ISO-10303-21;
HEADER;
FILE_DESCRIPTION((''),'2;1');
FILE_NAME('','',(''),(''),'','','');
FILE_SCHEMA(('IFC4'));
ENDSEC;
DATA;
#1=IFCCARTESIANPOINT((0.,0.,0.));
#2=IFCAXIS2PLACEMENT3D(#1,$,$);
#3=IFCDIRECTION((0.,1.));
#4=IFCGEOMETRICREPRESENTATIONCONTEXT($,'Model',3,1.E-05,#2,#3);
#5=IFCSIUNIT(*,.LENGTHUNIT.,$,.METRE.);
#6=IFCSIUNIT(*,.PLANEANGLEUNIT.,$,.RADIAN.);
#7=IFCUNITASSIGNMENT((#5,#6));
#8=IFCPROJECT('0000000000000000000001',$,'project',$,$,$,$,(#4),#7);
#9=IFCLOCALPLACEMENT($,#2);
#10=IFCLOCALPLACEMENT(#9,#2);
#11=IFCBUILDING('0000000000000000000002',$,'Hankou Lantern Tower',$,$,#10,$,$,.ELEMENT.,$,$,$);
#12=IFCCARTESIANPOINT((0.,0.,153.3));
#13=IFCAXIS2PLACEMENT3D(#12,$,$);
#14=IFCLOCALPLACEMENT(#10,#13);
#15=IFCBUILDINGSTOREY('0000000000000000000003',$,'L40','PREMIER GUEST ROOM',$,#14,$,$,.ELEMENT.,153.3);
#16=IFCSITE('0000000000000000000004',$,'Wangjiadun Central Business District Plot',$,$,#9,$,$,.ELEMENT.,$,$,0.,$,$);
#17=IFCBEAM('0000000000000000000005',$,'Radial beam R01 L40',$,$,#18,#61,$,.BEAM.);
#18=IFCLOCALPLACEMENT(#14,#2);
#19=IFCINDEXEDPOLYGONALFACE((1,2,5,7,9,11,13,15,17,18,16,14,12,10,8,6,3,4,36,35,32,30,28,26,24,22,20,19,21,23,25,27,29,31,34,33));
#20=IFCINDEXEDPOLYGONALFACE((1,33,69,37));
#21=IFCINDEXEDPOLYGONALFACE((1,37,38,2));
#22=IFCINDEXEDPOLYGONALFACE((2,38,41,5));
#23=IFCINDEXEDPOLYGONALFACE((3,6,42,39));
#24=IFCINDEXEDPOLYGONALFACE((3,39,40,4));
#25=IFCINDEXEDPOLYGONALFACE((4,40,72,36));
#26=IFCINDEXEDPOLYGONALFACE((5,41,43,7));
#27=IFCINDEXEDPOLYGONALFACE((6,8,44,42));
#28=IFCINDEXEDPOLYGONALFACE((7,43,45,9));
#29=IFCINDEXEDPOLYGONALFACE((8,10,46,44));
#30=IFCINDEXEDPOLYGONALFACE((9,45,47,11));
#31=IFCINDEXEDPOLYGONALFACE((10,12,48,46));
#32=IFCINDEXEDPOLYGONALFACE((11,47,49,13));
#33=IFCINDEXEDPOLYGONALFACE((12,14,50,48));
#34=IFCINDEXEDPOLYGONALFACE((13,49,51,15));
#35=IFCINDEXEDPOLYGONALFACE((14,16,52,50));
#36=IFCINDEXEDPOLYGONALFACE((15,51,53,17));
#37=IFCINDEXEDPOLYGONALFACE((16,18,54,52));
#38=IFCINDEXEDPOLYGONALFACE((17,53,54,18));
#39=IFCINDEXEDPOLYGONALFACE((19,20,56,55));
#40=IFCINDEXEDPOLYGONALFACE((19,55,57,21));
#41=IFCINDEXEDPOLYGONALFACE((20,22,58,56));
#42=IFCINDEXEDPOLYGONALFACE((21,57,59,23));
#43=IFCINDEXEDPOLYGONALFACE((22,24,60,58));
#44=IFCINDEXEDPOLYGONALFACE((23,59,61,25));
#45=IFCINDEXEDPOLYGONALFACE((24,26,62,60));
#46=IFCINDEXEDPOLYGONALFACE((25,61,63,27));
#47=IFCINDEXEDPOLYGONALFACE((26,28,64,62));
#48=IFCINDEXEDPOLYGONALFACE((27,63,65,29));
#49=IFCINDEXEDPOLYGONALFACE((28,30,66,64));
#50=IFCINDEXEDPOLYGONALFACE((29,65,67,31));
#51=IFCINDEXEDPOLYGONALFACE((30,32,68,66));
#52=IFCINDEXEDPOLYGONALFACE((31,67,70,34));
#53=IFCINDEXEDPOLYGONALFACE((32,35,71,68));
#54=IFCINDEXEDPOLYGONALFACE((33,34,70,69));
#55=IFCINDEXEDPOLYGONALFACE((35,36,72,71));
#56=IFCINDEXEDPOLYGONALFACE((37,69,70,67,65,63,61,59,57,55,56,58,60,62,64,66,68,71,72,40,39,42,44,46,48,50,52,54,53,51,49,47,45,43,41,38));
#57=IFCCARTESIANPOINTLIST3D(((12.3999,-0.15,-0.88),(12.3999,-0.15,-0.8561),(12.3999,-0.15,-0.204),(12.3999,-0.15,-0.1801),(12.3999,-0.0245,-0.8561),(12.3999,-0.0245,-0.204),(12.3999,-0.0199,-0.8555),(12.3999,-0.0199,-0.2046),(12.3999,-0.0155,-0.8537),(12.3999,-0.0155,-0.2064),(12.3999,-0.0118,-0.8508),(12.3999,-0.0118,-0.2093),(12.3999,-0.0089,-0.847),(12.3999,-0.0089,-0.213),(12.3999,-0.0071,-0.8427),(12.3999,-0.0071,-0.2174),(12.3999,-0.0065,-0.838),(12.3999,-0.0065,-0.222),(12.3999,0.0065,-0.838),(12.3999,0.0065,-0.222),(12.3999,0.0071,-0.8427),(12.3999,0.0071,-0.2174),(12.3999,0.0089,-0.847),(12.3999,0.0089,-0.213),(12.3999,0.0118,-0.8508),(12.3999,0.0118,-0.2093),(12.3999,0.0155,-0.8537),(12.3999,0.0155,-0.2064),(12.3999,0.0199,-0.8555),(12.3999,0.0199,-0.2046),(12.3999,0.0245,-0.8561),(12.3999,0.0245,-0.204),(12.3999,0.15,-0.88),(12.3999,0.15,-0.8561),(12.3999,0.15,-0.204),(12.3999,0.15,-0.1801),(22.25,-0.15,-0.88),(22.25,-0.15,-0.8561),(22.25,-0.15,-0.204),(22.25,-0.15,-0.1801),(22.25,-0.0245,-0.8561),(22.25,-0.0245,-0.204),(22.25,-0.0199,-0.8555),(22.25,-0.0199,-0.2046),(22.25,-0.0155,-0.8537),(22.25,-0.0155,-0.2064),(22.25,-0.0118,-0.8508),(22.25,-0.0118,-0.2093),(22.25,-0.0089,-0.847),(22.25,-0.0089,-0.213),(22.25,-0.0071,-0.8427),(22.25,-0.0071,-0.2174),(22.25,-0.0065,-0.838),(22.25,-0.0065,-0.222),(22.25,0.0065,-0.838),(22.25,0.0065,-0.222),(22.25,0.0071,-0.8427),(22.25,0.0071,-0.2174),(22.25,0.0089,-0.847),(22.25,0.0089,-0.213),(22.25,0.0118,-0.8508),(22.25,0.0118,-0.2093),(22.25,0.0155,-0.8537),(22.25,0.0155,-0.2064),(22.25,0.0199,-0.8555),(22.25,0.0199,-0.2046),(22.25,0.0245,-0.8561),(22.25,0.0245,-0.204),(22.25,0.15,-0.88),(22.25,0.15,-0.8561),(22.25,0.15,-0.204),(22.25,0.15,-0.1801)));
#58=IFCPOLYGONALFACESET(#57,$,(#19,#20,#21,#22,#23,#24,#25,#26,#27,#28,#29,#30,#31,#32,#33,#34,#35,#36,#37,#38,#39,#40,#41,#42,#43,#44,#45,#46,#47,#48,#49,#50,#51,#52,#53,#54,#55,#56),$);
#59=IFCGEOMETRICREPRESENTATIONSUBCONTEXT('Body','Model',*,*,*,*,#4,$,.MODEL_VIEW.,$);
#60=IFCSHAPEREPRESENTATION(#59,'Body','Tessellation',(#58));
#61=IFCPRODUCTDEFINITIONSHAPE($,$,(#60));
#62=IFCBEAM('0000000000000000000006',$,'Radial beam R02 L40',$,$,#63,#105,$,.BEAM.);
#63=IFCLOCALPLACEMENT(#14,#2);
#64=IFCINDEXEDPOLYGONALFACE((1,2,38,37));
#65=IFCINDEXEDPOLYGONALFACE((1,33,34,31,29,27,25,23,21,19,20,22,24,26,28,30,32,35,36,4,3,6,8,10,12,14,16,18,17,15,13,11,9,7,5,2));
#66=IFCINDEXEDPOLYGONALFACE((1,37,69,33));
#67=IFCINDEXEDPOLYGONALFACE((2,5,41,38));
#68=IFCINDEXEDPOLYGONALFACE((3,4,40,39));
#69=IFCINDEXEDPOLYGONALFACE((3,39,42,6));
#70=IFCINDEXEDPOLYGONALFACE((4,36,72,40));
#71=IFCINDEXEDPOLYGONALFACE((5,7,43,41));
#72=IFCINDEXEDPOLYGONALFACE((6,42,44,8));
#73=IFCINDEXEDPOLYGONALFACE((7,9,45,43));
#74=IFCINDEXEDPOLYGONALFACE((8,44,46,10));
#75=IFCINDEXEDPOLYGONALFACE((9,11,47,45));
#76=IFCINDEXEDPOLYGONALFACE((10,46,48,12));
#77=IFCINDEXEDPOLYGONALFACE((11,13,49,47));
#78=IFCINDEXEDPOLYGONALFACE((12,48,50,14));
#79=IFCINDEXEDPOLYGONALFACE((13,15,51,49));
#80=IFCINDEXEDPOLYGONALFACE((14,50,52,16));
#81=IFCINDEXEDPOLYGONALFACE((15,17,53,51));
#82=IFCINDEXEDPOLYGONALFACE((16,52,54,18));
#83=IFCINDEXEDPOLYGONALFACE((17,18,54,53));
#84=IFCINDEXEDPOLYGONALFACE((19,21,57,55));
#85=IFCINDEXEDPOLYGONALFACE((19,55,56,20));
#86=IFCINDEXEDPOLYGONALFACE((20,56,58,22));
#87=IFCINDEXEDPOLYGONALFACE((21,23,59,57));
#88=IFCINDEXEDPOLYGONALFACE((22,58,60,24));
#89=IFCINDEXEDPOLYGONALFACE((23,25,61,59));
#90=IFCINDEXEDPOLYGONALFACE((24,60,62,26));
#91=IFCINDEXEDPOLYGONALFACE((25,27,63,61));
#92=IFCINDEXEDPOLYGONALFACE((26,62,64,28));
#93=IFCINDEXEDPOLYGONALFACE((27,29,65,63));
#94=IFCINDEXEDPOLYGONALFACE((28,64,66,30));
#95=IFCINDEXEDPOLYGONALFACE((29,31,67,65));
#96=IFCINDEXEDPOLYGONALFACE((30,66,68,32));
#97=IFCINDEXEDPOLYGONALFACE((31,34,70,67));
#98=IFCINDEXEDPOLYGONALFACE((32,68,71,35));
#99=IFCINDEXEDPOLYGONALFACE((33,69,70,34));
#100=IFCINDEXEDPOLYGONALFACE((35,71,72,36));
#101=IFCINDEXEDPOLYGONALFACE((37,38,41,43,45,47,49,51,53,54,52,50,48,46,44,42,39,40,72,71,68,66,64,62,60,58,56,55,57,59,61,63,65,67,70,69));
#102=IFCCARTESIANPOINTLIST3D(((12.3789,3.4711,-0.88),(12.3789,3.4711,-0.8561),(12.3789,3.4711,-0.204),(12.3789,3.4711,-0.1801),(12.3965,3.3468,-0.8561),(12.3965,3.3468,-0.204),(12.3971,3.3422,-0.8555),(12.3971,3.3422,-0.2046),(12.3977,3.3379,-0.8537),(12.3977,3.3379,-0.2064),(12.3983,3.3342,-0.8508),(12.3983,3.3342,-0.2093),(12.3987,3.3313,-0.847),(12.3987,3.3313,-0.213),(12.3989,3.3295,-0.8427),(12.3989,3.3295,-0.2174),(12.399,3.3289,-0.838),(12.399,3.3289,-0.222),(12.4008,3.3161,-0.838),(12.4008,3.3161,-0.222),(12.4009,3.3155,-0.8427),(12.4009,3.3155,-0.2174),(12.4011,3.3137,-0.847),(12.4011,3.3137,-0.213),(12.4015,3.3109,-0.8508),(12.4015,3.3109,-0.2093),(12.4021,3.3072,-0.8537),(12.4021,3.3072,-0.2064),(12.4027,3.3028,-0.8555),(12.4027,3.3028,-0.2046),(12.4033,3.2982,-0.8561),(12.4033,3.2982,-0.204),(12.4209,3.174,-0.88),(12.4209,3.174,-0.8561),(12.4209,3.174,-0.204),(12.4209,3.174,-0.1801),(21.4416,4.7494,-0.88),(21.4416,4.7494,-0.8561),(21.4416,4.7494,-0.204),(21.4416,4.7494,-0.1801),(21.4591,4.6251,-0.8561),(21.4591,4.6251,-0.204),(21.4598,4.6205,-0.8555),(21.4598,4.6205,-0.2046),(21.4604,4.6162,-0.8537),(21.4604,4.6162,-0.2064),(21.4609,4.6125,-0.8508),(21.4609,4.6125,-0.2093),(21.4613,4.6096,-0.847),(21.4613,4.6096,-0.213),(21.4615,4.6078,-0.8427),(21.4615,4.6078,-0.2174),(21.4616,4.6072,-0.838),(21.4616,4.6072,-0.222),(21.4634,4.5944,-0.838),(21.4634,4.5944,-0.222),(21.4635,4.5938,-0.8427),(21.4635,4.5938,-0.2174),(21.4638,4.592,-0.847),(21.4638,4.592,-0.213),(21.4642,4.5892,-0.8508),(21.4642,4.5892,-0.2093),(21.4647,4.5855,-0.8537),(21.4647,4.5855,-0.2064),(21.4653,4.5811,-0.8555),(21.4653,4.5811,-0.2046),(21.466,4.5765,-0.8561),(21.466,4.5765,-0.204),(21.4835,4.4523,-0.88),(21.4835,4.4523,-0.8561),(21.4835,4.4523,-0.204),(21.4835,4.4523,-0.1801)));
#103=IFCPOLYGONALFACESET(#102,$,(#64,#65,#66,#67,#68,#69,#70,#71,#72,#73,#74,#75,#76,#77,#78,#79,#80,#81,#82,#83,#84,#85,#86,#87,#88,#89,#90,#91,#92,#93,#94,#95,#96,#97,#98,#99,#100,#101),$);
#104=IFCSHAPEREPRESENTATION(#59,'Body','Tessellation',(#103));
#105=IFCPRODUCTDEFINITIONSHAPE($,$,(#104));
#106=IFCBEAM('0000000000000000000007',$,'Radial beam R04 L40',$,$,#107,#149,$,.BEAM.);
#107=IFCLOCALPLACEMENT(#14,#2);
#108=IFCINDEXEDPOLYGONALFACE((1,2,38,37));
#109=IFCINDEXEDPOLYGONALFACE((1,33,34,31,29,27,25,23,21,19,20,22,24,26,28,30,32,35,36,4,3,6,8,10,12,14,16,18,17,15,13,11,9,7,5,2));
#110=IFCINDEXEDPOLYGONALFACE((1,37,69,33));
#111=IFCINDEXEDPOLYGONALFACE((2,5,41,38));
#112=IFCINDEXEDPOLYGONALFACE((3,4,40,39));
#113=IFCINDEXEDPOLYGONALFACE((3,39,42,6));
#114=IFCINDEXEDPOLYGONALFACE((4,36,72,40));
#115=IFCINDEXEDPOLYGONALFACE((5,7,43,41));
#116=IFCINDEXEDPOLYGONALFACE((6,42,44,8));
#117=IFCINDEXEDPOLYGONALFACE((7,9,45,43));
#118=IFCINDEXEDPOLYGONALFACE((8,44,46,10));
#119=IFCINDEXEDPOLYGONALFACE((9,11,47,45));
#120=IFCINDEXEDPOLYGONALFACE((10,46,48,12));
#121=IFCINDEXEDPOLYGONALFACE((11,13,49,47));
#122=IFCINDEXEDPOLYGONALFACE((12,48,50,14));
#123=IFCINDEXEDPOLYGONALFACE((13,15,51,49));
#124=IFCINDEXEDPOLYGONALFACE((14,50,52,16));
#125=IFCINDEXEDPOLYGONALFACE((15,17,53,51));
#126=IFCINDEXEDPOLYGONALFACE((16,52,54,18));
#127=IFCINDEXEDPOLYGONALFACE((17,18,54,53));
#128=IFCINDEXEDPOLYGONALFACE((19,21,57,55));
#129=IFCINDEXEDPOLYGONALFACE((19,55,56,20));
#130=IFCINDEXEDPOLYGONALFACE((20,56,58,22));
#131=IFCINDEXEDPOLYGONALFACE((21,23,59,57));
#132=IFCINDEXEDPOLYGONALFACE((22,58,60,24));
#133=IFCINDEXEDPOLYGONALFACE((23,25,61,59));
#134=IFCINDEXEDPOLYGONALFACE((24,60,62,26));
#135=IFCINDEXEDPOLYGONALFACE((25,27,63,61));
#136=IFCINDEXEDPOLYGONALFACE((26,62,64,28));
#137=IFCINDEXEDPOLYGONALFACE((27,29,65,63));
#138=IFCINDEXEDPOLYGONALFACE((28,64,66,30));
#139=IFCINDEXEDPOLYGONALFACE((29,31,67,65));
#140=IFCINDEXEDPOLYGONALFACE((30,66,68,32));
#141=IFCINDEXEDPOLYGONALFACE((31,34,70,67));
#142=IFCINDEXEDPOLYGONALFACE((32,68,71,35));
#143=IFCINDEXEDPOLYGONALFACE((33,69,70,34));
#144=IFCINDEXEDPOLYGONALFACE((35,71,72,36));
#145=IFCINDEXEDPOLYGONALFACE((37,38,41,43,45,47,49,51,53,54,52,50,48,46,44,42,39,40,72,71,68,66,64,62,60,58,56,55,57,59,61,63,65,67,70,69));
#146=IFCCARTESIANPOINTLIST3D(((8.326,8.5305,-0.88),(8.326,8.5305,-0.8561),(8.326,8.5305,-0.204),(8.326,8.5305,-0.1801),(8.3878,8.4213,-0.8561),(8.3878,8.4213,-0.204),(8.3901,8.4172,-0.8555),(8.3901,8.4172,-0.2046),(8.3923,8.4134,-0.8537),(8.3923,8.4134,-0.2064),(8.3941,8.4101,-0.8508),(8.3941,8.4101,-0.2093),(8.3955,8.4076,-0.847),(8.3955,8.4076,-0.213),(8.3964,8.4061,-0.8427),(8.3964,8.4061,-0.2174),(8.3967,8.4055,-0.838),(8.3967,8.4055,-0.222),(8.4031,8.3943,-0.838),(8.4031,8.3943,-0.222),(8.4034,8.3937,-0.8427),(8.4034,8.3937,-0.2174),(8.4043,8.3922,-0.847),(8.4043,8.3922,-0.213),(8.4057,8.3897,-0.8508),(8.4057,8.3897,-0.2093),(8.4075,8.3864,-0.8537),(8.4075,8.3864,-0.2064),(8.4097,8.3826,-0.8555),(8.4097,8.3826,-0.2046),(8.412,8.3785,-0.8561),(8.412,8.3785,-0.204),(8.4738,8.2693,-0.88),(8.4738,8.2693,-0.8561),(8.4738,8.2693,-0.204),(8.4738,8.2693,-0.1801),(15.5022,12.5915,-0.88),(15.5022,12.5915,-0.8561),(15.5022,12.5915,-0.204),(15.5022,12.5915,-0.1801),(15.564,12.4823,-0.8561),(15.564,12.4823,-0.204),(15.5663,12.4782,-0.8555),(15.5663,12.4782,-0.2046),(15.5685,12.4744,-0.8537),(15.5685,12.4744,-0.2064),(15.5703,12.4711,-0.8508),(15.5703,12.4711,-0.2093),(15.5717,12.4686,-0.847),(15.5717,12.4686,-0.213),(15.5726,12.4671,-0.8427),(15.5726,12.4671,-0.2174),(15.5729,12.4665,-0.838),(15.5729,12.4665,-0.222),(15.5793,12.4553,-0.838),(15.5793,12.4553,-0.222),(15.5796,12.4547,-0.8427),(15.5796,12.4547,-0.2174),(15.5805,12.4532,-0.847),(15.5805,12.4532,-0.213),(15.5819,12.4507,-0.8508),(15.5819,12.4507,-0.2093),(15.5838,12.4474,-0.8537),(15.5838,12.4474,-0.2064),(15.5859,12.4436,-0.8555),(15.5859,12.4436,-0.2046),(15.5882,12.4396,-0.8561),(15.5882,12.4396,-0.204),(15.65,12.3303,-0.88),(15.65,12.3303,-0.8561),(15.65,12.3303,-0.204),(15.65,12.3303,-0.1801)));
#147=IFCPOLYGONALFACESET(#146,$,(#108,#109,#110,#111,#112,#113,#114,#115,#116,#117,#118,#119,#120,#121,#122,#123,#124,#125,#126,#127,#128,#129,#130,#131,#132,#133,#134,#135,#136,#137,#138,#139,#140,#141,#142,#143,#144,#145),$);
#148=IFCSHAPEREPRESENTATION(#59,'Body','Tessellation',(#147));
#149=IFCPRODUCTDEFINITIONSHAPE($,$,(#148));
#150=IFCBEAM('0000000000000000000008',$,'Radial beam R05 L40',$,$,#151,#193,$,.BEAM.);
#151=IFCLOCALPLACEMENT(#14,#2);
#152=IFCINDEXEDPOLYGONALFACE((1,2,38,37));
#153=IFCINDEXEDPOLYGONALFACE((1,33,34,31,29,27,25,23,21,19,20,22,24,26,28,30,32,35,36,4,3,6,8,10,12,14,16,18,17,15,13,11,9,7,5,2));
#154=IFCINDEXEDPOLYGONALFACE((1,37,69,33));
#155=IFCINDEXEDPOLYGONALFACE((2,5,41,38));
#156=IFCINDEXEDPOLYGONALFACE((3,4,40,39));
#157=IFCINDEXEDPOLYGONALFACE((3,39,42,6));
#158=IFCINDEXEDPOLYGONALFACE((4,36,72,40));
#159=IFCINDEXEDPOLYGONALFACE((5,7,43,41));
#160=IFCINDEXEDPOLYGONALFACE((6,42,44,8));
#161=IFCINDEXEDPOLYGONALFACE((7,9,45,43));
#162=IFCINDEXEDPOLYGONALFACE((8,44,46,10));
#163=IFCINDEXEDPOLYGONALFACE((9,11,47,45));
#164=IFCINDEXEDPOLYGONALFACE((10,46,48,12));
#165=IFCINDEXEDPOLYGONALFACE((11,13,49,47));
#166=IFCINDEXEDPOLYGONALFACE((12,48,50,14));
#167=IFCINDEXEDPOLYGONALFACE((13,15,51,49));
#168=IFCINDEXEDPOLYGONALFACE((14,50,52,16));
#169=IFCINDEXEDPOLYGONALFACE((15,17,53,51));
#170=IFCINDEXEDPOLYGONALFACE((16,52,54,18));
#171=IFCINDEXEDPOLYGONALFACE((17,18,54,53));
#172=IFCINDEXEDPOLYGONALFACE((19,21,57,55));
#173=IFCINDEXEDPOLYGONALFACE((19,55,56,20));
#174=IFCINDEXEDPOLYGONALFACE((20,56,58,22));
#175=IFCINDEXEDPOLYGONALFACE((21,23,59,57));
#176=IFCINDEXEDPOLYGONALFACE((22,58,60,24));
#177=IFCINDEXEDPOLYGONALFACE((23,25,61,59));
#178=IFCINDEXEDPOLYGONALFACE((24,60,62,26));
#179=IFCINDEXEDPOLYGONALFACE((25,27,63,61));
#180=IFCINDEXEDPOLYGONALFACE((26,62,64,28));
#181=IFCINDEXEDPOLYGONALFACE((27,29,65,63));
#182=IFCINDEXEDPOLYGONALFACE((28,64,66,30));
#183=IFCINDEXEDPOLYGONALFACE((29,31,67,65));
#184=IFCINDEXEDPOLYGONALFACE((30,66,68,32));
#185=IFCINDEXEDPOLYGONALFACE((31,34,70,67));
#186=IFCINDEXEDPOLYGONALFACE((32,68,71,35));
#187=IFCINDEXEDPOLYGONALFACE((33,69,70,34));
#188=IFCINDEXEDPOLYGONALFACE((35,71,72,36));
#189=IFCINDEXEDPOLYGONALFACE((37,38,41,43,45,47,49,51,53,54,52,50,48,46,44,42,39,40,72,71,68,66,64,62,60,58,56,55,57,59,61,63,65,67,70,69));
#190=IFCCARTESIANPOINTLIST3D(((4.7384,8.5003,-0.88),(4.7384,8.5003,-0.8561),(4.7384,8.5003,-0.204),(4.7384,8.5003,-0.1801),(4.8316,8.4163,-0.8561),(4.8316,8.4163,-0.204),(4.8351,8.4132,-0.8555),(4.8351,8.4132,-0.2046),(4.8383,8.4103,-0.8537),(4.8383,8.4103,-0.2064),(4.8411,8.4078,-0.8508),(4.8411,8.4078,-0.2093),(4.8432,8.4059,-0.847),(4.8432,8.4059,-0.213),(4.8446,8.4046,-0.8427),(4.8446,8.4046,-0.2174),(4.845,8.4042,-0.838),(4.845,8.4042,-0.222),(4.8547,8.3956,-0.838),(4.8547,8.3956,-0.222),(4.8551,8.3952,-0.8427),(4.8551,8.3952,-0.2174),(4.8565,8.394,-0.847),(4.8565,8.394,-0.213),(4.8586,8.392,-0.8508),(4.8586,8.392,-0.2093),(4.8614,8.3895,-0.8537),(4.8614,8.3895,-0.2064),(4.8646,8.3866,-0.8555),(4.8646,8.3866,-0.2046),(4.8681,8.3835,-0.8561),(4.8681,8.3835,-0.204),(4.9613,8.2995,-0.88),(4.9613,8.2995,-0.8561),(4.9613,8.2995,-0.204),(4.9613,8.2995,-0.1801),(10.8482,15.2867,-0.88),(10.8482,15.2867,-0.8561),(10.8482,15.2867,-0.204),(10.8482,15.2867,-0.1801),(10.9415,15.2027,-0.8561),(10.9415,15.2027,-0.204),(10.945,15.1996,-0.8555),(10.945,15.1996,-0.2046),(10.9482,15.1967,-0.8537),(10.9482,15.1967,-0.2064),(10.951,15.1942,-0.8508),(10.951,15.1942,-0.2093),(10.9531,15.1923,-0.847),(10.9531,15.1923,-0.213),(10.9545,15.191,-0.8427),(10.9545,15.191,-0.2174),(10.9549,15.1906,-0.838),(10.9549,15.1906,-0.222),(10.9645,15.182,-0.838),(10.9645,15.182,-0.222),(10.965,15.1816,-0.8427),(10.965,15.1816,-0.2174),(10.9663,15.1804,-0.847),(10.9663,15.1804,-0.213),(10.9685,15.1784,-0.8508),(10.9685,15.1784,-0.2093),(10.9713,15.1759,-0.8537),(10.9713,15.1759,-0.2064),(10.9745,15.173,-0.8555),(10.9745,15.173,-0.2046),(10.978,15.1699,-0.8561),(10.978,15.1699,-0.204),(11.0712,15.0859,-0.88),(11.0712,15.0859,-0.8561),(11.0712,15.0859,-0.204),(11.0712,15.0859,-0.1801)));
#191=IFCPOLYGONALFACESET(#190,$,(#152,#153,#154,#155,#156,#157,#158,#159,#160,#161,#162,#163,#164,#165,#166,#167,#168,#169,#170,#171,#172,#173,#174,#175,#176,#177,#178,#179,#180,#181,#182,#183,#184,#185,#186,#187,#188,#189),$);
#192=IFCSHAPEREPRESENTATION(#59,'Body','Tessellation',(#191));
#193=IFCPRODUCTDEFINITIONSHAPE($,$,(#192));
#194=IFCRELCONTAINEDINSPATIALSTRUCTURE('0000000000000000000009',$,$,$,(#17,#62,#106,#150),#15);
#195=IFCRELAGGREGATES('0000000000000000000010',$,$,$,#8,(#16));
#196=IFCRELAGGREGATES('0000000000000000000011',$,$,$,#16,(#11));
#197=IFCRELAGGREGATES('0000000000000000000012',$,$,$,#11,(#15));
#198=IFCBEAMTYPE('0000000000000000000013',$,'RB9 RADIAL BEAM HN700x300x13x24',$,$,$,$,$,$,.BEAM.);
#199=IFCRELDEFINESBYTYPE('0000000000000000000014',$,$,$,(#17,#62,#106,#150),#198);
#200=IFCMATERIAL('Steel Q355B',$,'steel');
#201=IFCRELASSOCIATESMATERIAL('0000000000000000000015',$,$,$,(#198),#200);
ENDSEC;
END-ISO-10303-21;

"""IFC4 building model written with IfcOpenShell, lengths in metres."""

from ifc_helpers import new_model, si_unit, direction, frame, origin, origin_2d, place, context, subcontext, project, spatial, i_section, extrude, material, material_profile, profile_set, type_object, element, save


model = new_model("IFC4")

# Units and contexts
model_context = context("Model", 3, precision=1e-05, world=origin(), true_north=direction((0.0, 1.0)))
body_context = subcontext(model_context, "Body", "Model", "MODEL_VIEW")
ifc_project = project(units=[si_unit("LENGTHUNIT", "METRE"), si_unit("PLANEANGLEUNIT", "RADIAN")], contexts=[model_context])

# Site, building, storey
site_placement = place(None, origin())
site = spatial("IfcSite", under=ifc_project, at=site_placement, Name="Wangjiadun Central Business District Plot", CompositionType="ELEMENT", RefElevation=0.0)
building_placement = place(site_placement, origin())
building = spatial("IfcBuilding", under=site, at=building_placement, Name="Hankou Lantern Tower", CompositionType="ELEMENT")
storey_placement = place(building_placement, frame((0.0, 0.0, 153.3)))
storey = spatial("IfcBuildingStorey", under=building, at=storey_placement, Name="L40", Description="PREMIER GUEST ROOM", CompositionType="ELEMENT", Elevation=153.3)

# Beams
ifc_material_1 = material(Name="Steel Q355B", Category="steel")
ifc_material_profile_1 = material_profile(ifc_material_1, i_section(OverallWidth=0.3, OverallDepth=0.7, WebThickness=0.0129, FlangeThickness=0.0239, FilletRadius=0.0181, at=origin_2d()), Name="HN700x300x13x24")
ifc_profile_set_1 = profile_set([ifc_material_profile_1], Name="Steel Q355B")
beam_type_1 = type_object("IfcBeamType", Name="RB9 RADIAL BEAM HN700x300x13x24", PredefinedType="BEAM", material=ifc_profile_set_1)
beam_1_placement = place(storey_placement, frame((12.3999, 0.0, -0.53), z_axis=(1.0, 0.0, 0.0), x_axis=(0.0, 1.0, 0.0)))
element("IfcBeam", 1, at=beam_1_placement, inside=storey, type_object=beam_type_1, Name="Radial beam R01 L40", PredefinedType="BEAM", context=body_context, shape_type="SweptSolid", body=[
    extrude(i_section(OverallWidth=0.3, OverallDepth=0.7, WebThickness=0.0129, FlangeThickness=0.0239, FilletRadius=0.0181, at=origin_2d()), origin(), (0.0, 0.0, 1.0), 9.8501),
])
beam_2_placement = place(storey_placement, frame((12.3999, 3.3225, -0.53), z_axis=(0.990198, 0.13967, 0.0), x_axis=(-0.13967, 0.990198, 0.0)))
element("IfcBeam", 2, at=beam_2_placement, inside=storey, type_object=beam_type_1, Name="Radial beam R02 L40", PredefinedType="BEAM", context=body_context, shape_type="SweptSolid", body=[
    extrude(i_section(OverallWidth=0.3, OverallDepth=0.7, WebThickness=0.0129, FlangeThickness=0.0239, FilletRadius=0.0181, at=origin_2d()), origin(), (0.0, 0.0, 1.0), 9.1523),
])
beam_3_placement = place(storey_placement, frame((8.3999, 8.3999, -0.53), z_axis=(0.870309, 0.492506, 0.0), x_axis=(-0.492506, 0.870309, 0.0)))
element("IfcBeam", 3, at=beam_3_placement, inside=storey, type_object=beam_type_1, Name="Radial beam R04 L40", PredefinedType="BEAM", context=body_context, shape_type="SweptSolid", body=[
    extrude(i_section(OverallWidth=0.3, OverallDepth=0.7, WebThickness=0.0129, FlangeThickness=0.0239, FilletRadius=0.0181, at=origin_2d()), origin(), (0.0, 0.0, 1.0), 8.2456),
])
beam_4_placement = place(storey_placement, frame((4.8499, 8.3999, -0.53), z_axis=(0.669093, 0.743178, 0.0), x_axis=(-0.743178, 0.669093, 0.0)))
element("IfcBeam", 4, at=beam_4_placement, inside=storey, type_object=beam_type_1, Name="Radial beam R05 L40", PredefinedType="BEAM", context=body_context, shape_type="SweptSolid", body=[
    extrude(i_section(OverallWidth=0.3, OverallDepth=0.7, WebThickness=0.0129, FlangeThickness=0.0239, FilletRadius=0.0181, at=origin_2d()), origin(), (0.0, 0.0, 1.0), 9.1316),
])

save(model, "model.ifc")
